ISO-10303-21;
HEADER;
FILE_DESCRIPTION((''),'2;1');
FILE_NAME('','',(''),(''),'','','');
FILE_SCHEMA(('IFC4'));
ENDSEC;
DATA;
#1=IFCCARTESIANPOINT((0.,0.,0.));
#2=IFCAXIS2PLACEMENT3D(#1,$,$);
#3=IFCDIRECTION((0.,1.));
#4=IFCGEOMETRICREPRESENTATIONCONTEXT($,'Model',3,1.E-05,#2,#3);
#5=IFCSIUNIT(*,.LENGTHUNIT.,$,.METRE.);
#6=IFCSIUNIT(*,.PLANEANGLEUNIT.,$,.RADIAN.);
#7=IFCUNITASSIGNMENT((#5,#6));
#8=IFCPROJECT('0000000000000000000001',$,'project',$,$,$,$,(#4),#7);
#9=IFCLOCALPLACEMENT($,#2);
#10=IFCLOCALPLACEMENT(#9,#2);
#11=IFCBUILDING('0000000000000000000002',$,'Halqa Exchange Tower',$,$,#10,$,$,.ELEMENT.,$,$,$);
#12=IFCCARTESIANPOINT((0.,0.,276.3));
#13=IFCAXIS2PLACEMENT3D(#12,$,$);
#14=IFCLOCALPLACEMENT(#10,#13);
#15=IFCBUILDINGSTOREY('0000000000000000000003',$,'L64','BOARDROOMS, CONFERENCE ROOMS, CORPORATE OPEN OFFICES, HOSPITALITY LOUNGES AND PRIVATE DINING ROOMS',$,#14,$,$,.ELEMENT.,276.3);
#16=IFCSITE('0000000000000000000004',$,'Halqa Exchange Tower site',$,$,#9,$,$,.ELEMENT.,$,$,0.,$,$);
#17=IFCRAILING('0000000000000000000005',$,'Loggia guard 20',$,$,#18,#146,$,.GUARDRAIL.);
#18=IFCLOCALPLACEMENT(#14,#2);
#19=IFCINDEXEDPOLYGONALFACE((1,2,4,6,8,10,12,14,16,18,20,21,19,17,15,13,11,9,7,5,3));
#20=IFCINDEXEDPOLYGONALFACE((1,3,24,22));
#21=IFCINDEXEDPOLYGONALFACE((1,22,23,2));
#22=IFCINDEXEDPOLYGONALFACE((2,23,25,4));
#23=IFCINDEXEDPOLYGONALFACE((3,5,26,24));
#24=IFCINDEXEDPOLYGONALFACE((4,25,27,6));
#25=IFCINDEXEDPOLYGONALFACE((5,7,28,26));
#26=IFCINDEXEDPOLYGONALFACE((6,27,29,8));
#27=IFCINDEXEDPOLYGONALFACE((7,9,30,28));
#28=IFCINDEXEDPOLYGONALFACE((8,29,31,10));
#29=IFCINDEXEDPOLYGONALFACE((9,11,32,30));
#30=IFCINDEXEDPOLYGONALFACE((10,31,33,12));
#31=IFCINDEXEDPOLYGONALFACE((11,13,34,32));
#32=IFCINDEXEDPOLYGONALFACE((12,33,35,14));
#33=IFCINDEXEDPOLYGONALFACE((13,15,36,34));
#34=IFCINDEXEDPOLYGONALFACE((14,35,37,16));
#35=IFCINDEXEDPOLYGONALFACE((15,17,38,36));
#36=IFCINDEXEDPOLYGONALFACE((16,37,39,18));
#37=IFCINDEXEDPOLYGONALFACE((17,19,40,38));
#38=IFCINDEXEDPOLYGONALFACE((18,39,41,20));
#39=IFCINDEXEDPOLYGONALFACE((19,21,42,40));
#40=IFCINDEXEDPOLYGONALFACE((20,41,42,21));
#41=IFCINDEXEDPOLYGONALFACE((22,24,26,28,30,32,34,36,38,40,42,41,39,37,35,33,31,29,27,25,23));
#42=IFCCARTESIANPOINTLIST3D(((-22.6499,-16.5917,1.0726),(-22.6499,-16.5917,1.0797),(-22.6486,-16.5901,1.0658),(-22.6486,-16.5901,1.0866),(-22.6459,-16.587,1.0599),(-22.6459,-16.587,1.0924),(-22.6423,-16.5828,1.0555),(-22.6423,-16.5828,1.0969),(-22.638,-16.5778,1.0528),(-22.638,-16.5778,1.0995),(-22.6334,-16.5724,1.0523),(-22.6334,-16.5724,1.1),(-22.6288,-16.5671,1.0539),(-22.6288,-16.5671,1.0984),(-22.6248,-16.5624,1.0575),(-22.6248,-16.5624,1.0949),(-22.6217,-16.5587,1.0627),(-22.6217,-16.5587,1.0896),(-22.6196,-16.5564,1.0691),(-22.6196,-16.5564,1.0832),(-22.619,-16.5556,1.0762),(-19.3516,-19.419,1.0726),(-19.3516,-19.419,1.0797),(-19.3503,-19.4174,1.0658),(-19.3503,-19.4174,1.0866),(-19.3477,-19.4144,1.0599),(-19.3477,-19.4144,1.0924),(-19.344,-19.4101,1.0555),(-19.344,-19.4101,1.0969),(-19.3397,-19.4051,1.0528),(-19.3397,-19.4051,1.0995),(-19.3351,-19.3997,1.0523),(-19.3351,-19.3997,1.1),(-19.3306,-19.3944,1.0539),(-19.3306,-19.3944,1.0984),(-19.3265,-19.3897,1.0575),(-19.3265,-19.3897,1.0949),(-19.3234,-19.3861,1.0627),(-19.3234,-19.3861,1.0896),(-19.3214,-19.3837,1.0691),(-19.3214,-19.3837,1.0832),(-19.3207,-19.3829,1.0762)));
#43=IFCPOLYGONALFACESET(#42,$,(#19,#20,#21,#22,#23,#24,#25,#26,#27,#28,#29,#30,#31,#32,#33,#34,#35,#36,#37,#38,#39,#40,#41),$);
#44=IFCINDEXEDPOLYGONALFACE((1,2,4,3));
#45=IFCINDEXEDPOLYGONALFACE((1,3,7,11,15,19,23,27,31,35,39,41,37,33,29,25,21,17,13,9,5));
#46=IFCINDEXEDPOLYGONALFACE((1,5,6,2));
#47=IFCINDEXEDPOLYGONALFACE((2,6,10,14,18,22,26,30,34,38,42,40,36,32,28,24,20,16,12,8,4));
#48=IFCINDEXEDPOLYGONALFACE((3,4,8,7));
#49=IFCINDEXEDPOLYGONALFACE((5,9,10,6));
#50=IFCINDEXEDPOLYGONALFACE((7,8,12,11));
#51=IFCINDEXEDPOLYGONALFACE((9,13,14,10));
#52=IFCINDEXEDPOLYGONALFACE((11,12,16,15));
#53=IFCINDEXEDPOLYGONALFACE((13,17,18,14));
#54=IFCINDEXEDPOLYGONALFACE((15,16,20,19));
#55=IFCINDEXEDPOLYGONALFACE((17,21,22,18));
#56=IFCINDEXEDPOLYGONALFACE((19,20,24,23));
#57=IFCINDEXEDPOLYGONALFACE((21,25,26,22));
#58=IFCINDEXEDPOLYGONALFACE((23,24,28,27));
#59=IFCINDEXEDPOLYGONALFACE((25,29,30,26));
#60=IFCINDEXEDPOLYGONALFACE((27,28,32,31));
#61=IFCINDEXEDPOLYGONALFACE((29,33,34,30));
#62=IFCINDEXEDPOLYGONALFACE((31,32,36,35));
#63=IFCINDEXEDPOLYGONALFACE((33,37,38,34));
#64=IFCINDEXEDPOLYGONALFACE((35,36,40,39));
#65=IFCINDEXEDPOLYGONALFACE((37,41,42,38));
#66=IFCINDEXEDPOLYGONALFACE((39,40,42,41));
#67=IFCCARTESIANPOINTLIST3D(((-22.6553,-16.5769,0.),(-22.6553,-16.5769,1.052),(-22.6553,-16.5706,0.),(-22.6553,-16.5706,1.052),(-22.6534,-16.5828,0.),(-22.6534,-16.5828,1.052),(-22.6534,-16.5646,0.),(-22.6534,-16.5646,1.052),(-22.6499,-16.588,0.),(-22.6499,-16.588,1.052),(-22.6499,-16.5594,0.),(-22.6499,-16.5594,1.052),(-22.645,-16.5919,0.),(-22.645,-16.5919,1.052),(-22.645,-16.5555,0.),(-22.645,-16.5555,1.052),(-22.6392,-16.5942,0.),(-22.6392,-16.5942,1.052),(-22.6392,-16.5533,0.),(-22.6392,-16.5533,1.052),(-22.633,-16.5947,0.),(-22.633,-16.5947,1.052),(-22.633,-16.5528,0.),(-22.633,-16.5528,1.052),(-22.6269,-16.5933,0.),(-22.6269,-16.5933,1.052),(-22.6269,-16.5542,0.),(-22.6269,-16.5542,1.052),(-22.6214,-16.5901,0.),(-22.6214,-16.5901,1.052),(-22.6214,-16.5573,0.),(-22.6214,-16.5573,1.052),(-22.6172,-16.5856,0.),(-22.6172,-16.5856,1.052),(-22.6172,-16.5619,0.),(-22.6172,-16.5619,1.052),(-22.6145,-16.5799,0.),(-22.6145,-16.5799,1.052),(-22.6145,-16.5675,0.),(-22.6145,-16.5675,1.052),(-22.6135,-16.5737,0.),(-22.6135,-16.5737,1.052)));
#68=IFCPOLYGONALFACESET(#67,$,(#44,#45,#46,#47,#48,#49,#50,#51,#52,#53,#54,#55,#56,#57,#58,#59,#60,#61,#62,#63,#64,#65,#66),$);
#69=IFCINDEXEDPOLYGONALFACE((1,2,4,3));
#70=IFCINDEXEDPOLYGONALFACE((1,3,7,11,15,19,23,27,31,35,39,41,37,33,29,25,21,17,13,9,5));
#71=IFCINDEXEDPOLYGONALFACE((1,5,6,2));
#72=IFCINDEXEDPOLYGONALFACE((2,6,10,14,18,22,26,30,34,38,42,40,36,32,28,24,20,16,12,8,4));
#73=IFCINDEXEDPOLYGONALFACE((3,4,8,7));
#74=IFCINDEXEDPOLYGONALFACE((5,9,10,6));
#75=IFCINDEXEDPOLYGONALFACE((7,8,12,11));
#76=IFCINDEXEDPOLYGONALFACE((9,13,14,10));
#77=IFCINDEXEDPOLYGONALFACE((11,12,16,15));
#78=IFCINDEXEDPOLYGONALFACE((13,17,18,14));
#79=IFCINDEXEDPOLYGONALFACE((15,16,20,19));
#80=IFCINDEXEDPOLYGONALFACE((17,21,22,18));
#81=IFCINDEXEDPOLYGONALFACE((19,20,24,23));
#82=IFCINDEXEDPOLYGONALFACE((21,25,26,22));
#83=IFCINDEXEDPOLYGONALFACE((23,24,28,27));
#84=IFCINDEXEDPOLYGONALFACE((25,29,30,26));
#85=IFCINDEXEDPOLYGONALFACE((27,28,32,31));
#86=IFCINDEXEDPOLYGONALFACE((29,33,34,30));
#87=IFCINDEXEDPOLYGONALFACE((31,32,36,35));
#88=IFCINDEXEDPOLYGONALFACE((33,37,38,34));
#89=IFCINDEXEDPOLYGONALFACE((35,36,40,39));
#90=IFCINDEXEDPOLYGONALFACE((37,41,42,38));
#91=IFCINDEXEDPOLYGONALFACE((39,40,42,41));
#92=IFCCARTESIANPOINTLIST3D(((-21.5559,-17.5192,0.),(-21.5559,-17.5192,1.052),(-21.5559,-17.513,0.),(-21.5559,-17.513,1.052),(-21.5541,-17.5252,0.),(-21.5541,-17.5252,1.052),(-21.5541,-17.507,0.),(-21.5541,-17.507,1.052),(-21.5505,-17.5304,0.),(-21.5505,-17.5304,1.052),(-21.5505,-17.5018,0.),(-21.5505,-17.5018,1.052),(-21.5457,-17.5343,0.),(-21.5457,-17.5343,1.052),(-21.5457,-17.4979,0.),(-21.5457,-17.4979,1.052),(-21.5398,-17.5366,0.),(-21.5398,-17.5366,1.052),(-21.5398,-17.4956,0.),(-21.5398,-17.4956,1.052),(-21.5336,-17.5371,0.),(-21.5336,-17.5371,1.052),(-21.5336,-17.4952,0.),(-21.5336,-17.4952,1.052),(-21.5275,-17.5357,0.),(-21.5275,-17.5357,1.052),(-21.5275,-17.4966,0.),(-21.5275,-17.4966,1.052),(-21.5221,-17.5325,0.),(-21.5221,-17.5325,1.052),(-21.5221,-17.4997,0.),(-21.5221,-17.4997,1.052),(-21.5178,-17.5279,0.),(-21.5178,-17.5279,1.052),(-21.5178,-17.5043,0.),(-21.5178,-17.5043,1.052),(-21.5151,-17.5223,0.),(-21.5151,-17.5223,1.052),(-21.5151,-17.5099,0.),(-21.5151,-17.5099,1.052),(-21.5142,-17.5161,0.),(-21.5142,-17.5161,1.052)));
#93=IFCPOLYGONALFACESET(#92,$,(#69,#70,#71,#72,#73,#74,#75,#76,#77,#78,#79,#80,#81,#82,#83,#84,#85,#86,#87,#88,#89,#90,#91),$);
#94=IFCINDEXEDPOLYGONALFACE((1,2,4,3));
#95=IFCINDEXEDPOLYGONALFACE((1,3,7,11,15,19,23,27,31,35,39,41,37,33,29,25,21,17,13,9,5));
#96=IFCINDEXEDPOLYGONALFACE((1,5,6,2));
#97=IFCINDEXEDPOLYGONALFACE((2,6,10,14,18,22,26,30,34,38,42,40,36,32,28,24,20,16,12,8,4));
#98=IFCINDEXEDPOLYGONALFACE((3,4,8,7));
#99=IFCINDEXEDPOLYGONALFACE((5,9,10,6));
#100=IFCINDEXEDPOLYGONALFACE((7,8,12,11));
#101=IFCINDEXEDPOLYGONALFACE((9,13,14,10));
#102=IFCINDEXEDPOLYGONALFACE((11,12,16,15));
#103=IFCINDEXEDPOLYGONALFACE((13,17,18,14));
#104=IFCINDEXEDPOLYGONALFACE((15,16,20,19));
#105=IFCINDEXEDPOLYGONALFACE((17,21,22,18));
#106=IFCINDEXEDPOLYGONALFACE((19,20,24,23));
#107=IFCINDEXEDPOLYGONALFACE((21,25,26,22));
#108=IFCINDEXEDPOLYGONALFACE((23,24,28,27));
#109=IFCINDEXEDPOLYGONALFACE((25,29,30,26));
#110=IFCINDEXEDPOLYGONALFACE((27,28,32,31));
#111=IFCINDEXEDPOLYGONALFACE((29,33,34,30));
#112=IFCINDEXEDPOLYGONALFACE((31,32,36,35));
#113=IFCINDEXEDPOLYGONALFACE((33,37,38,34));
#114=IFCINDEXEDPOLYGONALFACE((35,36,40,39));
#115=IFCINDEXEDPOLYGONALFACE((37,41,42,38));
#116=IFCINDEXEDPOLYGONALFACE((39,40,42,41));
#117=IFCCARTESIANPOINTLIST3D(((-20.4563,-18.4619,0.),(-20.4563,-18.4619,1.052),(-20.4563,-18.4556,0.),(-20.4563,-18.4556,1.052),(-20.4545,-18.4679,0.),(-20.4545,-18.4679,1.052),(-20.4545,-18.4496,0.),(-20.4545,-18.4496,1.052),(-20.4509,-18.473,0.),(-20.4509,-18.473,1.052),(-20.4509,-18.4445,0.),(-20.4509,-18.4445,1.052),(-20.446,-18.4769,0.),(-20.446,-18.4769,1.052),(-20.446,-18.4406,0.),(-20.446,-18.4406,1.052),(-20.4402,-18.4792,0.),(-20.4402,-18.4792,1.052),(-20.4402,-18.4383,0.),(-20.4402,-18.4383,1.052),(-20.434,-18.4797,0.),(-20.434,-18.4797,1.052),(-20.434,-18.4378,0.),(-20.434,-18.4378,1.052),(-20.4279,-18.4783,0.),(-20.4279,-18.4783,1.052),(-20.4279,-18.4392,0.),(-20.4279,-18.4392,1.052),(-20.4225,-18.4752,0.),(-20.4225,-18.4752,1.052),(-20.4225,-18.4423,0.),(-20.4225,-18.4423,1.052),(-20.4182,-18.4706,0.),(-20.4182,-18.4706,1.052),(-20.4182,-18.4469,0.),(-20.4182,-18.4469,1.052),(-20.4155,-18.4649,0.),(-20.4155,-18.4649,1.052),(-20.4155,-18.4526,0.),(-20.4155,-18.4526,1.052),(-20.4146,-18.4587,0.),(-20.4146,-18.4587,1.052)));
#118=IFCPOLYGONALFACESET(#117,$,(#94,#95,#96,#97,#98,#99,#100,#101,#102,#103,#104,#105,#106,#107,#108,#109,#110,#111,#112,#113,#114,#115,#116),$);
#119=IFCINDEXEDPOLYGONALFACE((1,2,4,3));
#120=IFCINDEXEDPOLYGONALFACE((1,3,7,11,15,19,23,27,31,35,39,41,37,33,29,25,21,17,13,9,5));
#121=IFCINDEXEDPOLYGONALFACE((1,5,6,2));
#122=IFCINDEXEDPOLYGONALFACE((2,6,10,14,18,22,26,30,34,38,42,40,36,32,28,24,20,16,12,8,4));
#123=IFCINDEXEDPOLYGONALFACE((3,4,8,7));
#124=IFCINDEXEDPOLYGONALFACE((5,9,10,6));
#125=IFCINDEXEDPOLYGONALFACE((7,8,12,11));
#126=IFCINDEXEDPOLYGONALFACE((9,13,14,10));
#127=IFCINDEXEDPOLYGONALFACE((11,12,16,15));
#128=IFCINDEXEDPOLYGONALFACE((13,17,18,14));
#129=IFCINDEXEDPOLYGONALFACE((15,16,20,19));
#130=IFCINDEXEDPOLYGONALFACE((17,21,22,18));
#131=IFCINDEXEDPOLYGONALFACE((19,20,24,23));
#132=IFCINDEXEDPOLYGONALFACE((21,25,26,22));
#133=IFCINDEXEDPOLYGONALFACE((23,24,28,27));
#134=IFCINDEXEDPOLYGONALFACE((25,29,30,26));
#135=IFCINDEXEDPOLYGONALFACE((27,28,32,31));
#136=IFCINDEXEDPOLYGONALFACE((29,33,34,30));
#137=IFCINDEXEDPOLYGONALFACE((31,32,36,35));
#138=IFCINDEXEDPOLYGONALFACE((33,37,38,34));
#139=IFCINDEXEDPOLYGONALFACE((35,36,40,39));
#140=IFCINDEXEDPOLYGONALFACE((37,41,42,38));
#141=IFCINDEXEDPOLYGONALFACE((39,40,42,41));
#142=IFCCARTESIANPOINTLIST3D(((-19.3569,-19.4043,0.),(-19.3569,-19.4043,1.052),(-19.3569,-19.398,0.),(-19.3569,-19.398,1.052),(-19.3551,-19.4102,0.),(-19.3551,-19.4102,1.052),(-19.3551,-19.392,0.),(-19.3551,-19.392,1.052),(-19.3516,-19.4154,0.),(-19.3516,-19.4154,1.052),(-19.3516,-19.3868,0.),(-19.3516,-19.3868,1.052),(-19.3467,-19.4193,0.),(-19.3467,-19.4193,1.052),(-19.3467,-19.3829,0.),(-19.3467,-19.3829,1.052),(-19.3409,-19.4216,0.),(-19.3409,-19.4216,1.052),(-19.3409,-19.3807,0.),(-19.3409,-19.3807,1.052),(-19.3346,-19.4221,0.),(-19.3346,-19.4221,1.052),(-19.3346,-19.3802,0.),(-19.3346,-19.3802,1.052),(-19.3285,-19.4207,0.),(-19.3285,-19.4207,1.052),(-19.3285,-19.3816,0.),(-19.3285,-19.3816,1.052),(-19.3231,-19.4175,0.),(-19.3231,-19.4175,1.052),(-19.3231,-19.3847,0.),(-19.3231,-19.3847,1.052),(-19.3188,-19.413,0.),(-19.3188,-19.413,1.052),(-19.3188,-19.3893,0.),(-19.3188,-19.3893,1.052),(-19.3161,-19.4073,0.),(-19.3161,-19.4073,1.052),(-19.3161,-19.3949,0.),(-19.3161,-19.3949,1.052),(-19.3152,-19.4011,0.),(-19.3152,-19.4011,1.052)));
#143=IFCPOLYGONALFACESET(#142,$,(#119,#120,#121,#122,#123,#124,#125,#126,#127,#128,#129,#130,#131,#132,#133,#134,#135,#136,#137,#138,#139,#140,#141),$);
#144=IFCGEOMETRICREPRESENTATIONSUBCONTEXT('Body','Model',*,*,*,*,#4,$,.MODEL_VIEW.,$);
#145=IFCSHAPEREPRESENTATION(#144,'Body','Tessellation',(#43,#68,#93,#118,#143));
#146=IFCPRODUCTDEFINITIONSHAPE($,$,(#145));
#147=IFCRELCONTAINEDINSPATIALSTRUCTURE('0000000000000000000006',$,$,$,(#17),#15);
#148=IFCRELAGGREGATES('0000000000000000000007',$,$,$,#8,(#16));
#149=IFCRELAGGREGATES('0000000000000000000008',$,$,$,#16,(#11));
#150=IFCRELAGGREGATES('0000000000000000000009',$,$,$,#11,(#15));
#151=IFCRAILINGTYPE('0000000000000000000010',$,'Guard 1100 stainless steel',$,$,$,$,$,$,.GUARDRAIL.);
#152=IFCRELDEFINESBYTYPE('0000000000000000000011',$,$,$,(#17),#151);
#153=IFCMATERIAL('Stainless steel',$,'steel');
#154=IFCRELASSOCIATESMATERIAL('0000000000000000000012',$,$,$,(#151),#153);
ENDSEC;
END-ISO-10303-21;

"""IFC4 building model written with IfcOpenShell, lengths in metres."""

from ifc_helpers import new_model, si_unit, direction, frame, origin, origin_2d, place, context, subcontext, project, spatial, circle, extrude, material, type_object, element, save


model = new_model("IFC4")

# Units and contexts
model_context = context("Model", 3, precision=1e-05, world=origin(), true_north=direction((0.0, 1.0)))
body_context = subcontext(model_context, "Body", "Model", "MODEL_VIEW")
ifc_project = project(units=[si_unit("LENGTHUNIT", "METRE"), si_unit("PLANEANGLEUNIT", "RADIAN")], contexts=[model_context])

# Site, building, storey
site_placement = place(None, origin())
site = spatial("IfcSite", under=ifc_project, at=site_placement, Name="Halqa Exchange Tower site", CompositionType="ELEMENT", RefElevation=0.0)
building_placement = place(site_placement, origin())
building = spatial("IfcBuilding", under=site, at=building_placement, Name="Halqa Exchange Tower", CompositionType="ELEMENT")
storey_placement = place(building_placement, frame((0.0, 0.0, 276.3)))
storey = spatial("IfcBuildingStorey", under=building, at=storey_placement, Name="L64", Description="BOARDROOMS, CONFERENCE ROOMS, CORPORATE OPEN OFFICES, HOSPITALITY LOUNGES AND PRIVATE DINING ROOMS", CompositionType="ELEMENT", Elevation=276.3)

# Railing
ifc_material_1 = material(Name="Stainless steel", Category="steel")
railing_type = type_object("IfcRailingType", Name="Guard 1100 stainless steel", PredefinedType="GUARDRAIL", material=ifc_material_1)
railing_1_placement = place(storey_placement, frame((-22.6345, -16.5737, 0.0)))
element("IfcRailing", 1, at=railing_1_placement, inside=storey, type_object=railing_type, Name="Loggia guard 20", PredefinedType="GUARDRAIL", context=body_context, shape_type="SweptSolid", body=[
    extrude(circle(Radius=0.0239, at=origin_2d()), frame((0.0, 0.0, 1.0762), z_axis=(0.759229, -0.650824, 0.0), x_axis=(0.650824, 0.759229, 0.0)), (0.0, 0.0, 1.0), 4.3442),
    extrude(circle(Radius=0.021, at=origin_2d()), origin(), (0.0, 0.0, 1.0), 1.052),
    extrude(circle(Radius=0.021, at=origin_2d()), frame((1.0994, -0.9424, 0.0)), (0.0, 0.0, 1.0), 1.052),
    extrude(circle(Radius=0.021, at=origin_2d()), frame((2.199, -1.885, 0.0)), (0.0, 0.0, 1.0), 1.052),
    extrude(circle(Radius=0.021, at=origin_2d()), frame((3.2983, -2.8274, 0.0)), (0.0, 0.0, 1.0), 1.052),
])

save(model, "model.ifc")
